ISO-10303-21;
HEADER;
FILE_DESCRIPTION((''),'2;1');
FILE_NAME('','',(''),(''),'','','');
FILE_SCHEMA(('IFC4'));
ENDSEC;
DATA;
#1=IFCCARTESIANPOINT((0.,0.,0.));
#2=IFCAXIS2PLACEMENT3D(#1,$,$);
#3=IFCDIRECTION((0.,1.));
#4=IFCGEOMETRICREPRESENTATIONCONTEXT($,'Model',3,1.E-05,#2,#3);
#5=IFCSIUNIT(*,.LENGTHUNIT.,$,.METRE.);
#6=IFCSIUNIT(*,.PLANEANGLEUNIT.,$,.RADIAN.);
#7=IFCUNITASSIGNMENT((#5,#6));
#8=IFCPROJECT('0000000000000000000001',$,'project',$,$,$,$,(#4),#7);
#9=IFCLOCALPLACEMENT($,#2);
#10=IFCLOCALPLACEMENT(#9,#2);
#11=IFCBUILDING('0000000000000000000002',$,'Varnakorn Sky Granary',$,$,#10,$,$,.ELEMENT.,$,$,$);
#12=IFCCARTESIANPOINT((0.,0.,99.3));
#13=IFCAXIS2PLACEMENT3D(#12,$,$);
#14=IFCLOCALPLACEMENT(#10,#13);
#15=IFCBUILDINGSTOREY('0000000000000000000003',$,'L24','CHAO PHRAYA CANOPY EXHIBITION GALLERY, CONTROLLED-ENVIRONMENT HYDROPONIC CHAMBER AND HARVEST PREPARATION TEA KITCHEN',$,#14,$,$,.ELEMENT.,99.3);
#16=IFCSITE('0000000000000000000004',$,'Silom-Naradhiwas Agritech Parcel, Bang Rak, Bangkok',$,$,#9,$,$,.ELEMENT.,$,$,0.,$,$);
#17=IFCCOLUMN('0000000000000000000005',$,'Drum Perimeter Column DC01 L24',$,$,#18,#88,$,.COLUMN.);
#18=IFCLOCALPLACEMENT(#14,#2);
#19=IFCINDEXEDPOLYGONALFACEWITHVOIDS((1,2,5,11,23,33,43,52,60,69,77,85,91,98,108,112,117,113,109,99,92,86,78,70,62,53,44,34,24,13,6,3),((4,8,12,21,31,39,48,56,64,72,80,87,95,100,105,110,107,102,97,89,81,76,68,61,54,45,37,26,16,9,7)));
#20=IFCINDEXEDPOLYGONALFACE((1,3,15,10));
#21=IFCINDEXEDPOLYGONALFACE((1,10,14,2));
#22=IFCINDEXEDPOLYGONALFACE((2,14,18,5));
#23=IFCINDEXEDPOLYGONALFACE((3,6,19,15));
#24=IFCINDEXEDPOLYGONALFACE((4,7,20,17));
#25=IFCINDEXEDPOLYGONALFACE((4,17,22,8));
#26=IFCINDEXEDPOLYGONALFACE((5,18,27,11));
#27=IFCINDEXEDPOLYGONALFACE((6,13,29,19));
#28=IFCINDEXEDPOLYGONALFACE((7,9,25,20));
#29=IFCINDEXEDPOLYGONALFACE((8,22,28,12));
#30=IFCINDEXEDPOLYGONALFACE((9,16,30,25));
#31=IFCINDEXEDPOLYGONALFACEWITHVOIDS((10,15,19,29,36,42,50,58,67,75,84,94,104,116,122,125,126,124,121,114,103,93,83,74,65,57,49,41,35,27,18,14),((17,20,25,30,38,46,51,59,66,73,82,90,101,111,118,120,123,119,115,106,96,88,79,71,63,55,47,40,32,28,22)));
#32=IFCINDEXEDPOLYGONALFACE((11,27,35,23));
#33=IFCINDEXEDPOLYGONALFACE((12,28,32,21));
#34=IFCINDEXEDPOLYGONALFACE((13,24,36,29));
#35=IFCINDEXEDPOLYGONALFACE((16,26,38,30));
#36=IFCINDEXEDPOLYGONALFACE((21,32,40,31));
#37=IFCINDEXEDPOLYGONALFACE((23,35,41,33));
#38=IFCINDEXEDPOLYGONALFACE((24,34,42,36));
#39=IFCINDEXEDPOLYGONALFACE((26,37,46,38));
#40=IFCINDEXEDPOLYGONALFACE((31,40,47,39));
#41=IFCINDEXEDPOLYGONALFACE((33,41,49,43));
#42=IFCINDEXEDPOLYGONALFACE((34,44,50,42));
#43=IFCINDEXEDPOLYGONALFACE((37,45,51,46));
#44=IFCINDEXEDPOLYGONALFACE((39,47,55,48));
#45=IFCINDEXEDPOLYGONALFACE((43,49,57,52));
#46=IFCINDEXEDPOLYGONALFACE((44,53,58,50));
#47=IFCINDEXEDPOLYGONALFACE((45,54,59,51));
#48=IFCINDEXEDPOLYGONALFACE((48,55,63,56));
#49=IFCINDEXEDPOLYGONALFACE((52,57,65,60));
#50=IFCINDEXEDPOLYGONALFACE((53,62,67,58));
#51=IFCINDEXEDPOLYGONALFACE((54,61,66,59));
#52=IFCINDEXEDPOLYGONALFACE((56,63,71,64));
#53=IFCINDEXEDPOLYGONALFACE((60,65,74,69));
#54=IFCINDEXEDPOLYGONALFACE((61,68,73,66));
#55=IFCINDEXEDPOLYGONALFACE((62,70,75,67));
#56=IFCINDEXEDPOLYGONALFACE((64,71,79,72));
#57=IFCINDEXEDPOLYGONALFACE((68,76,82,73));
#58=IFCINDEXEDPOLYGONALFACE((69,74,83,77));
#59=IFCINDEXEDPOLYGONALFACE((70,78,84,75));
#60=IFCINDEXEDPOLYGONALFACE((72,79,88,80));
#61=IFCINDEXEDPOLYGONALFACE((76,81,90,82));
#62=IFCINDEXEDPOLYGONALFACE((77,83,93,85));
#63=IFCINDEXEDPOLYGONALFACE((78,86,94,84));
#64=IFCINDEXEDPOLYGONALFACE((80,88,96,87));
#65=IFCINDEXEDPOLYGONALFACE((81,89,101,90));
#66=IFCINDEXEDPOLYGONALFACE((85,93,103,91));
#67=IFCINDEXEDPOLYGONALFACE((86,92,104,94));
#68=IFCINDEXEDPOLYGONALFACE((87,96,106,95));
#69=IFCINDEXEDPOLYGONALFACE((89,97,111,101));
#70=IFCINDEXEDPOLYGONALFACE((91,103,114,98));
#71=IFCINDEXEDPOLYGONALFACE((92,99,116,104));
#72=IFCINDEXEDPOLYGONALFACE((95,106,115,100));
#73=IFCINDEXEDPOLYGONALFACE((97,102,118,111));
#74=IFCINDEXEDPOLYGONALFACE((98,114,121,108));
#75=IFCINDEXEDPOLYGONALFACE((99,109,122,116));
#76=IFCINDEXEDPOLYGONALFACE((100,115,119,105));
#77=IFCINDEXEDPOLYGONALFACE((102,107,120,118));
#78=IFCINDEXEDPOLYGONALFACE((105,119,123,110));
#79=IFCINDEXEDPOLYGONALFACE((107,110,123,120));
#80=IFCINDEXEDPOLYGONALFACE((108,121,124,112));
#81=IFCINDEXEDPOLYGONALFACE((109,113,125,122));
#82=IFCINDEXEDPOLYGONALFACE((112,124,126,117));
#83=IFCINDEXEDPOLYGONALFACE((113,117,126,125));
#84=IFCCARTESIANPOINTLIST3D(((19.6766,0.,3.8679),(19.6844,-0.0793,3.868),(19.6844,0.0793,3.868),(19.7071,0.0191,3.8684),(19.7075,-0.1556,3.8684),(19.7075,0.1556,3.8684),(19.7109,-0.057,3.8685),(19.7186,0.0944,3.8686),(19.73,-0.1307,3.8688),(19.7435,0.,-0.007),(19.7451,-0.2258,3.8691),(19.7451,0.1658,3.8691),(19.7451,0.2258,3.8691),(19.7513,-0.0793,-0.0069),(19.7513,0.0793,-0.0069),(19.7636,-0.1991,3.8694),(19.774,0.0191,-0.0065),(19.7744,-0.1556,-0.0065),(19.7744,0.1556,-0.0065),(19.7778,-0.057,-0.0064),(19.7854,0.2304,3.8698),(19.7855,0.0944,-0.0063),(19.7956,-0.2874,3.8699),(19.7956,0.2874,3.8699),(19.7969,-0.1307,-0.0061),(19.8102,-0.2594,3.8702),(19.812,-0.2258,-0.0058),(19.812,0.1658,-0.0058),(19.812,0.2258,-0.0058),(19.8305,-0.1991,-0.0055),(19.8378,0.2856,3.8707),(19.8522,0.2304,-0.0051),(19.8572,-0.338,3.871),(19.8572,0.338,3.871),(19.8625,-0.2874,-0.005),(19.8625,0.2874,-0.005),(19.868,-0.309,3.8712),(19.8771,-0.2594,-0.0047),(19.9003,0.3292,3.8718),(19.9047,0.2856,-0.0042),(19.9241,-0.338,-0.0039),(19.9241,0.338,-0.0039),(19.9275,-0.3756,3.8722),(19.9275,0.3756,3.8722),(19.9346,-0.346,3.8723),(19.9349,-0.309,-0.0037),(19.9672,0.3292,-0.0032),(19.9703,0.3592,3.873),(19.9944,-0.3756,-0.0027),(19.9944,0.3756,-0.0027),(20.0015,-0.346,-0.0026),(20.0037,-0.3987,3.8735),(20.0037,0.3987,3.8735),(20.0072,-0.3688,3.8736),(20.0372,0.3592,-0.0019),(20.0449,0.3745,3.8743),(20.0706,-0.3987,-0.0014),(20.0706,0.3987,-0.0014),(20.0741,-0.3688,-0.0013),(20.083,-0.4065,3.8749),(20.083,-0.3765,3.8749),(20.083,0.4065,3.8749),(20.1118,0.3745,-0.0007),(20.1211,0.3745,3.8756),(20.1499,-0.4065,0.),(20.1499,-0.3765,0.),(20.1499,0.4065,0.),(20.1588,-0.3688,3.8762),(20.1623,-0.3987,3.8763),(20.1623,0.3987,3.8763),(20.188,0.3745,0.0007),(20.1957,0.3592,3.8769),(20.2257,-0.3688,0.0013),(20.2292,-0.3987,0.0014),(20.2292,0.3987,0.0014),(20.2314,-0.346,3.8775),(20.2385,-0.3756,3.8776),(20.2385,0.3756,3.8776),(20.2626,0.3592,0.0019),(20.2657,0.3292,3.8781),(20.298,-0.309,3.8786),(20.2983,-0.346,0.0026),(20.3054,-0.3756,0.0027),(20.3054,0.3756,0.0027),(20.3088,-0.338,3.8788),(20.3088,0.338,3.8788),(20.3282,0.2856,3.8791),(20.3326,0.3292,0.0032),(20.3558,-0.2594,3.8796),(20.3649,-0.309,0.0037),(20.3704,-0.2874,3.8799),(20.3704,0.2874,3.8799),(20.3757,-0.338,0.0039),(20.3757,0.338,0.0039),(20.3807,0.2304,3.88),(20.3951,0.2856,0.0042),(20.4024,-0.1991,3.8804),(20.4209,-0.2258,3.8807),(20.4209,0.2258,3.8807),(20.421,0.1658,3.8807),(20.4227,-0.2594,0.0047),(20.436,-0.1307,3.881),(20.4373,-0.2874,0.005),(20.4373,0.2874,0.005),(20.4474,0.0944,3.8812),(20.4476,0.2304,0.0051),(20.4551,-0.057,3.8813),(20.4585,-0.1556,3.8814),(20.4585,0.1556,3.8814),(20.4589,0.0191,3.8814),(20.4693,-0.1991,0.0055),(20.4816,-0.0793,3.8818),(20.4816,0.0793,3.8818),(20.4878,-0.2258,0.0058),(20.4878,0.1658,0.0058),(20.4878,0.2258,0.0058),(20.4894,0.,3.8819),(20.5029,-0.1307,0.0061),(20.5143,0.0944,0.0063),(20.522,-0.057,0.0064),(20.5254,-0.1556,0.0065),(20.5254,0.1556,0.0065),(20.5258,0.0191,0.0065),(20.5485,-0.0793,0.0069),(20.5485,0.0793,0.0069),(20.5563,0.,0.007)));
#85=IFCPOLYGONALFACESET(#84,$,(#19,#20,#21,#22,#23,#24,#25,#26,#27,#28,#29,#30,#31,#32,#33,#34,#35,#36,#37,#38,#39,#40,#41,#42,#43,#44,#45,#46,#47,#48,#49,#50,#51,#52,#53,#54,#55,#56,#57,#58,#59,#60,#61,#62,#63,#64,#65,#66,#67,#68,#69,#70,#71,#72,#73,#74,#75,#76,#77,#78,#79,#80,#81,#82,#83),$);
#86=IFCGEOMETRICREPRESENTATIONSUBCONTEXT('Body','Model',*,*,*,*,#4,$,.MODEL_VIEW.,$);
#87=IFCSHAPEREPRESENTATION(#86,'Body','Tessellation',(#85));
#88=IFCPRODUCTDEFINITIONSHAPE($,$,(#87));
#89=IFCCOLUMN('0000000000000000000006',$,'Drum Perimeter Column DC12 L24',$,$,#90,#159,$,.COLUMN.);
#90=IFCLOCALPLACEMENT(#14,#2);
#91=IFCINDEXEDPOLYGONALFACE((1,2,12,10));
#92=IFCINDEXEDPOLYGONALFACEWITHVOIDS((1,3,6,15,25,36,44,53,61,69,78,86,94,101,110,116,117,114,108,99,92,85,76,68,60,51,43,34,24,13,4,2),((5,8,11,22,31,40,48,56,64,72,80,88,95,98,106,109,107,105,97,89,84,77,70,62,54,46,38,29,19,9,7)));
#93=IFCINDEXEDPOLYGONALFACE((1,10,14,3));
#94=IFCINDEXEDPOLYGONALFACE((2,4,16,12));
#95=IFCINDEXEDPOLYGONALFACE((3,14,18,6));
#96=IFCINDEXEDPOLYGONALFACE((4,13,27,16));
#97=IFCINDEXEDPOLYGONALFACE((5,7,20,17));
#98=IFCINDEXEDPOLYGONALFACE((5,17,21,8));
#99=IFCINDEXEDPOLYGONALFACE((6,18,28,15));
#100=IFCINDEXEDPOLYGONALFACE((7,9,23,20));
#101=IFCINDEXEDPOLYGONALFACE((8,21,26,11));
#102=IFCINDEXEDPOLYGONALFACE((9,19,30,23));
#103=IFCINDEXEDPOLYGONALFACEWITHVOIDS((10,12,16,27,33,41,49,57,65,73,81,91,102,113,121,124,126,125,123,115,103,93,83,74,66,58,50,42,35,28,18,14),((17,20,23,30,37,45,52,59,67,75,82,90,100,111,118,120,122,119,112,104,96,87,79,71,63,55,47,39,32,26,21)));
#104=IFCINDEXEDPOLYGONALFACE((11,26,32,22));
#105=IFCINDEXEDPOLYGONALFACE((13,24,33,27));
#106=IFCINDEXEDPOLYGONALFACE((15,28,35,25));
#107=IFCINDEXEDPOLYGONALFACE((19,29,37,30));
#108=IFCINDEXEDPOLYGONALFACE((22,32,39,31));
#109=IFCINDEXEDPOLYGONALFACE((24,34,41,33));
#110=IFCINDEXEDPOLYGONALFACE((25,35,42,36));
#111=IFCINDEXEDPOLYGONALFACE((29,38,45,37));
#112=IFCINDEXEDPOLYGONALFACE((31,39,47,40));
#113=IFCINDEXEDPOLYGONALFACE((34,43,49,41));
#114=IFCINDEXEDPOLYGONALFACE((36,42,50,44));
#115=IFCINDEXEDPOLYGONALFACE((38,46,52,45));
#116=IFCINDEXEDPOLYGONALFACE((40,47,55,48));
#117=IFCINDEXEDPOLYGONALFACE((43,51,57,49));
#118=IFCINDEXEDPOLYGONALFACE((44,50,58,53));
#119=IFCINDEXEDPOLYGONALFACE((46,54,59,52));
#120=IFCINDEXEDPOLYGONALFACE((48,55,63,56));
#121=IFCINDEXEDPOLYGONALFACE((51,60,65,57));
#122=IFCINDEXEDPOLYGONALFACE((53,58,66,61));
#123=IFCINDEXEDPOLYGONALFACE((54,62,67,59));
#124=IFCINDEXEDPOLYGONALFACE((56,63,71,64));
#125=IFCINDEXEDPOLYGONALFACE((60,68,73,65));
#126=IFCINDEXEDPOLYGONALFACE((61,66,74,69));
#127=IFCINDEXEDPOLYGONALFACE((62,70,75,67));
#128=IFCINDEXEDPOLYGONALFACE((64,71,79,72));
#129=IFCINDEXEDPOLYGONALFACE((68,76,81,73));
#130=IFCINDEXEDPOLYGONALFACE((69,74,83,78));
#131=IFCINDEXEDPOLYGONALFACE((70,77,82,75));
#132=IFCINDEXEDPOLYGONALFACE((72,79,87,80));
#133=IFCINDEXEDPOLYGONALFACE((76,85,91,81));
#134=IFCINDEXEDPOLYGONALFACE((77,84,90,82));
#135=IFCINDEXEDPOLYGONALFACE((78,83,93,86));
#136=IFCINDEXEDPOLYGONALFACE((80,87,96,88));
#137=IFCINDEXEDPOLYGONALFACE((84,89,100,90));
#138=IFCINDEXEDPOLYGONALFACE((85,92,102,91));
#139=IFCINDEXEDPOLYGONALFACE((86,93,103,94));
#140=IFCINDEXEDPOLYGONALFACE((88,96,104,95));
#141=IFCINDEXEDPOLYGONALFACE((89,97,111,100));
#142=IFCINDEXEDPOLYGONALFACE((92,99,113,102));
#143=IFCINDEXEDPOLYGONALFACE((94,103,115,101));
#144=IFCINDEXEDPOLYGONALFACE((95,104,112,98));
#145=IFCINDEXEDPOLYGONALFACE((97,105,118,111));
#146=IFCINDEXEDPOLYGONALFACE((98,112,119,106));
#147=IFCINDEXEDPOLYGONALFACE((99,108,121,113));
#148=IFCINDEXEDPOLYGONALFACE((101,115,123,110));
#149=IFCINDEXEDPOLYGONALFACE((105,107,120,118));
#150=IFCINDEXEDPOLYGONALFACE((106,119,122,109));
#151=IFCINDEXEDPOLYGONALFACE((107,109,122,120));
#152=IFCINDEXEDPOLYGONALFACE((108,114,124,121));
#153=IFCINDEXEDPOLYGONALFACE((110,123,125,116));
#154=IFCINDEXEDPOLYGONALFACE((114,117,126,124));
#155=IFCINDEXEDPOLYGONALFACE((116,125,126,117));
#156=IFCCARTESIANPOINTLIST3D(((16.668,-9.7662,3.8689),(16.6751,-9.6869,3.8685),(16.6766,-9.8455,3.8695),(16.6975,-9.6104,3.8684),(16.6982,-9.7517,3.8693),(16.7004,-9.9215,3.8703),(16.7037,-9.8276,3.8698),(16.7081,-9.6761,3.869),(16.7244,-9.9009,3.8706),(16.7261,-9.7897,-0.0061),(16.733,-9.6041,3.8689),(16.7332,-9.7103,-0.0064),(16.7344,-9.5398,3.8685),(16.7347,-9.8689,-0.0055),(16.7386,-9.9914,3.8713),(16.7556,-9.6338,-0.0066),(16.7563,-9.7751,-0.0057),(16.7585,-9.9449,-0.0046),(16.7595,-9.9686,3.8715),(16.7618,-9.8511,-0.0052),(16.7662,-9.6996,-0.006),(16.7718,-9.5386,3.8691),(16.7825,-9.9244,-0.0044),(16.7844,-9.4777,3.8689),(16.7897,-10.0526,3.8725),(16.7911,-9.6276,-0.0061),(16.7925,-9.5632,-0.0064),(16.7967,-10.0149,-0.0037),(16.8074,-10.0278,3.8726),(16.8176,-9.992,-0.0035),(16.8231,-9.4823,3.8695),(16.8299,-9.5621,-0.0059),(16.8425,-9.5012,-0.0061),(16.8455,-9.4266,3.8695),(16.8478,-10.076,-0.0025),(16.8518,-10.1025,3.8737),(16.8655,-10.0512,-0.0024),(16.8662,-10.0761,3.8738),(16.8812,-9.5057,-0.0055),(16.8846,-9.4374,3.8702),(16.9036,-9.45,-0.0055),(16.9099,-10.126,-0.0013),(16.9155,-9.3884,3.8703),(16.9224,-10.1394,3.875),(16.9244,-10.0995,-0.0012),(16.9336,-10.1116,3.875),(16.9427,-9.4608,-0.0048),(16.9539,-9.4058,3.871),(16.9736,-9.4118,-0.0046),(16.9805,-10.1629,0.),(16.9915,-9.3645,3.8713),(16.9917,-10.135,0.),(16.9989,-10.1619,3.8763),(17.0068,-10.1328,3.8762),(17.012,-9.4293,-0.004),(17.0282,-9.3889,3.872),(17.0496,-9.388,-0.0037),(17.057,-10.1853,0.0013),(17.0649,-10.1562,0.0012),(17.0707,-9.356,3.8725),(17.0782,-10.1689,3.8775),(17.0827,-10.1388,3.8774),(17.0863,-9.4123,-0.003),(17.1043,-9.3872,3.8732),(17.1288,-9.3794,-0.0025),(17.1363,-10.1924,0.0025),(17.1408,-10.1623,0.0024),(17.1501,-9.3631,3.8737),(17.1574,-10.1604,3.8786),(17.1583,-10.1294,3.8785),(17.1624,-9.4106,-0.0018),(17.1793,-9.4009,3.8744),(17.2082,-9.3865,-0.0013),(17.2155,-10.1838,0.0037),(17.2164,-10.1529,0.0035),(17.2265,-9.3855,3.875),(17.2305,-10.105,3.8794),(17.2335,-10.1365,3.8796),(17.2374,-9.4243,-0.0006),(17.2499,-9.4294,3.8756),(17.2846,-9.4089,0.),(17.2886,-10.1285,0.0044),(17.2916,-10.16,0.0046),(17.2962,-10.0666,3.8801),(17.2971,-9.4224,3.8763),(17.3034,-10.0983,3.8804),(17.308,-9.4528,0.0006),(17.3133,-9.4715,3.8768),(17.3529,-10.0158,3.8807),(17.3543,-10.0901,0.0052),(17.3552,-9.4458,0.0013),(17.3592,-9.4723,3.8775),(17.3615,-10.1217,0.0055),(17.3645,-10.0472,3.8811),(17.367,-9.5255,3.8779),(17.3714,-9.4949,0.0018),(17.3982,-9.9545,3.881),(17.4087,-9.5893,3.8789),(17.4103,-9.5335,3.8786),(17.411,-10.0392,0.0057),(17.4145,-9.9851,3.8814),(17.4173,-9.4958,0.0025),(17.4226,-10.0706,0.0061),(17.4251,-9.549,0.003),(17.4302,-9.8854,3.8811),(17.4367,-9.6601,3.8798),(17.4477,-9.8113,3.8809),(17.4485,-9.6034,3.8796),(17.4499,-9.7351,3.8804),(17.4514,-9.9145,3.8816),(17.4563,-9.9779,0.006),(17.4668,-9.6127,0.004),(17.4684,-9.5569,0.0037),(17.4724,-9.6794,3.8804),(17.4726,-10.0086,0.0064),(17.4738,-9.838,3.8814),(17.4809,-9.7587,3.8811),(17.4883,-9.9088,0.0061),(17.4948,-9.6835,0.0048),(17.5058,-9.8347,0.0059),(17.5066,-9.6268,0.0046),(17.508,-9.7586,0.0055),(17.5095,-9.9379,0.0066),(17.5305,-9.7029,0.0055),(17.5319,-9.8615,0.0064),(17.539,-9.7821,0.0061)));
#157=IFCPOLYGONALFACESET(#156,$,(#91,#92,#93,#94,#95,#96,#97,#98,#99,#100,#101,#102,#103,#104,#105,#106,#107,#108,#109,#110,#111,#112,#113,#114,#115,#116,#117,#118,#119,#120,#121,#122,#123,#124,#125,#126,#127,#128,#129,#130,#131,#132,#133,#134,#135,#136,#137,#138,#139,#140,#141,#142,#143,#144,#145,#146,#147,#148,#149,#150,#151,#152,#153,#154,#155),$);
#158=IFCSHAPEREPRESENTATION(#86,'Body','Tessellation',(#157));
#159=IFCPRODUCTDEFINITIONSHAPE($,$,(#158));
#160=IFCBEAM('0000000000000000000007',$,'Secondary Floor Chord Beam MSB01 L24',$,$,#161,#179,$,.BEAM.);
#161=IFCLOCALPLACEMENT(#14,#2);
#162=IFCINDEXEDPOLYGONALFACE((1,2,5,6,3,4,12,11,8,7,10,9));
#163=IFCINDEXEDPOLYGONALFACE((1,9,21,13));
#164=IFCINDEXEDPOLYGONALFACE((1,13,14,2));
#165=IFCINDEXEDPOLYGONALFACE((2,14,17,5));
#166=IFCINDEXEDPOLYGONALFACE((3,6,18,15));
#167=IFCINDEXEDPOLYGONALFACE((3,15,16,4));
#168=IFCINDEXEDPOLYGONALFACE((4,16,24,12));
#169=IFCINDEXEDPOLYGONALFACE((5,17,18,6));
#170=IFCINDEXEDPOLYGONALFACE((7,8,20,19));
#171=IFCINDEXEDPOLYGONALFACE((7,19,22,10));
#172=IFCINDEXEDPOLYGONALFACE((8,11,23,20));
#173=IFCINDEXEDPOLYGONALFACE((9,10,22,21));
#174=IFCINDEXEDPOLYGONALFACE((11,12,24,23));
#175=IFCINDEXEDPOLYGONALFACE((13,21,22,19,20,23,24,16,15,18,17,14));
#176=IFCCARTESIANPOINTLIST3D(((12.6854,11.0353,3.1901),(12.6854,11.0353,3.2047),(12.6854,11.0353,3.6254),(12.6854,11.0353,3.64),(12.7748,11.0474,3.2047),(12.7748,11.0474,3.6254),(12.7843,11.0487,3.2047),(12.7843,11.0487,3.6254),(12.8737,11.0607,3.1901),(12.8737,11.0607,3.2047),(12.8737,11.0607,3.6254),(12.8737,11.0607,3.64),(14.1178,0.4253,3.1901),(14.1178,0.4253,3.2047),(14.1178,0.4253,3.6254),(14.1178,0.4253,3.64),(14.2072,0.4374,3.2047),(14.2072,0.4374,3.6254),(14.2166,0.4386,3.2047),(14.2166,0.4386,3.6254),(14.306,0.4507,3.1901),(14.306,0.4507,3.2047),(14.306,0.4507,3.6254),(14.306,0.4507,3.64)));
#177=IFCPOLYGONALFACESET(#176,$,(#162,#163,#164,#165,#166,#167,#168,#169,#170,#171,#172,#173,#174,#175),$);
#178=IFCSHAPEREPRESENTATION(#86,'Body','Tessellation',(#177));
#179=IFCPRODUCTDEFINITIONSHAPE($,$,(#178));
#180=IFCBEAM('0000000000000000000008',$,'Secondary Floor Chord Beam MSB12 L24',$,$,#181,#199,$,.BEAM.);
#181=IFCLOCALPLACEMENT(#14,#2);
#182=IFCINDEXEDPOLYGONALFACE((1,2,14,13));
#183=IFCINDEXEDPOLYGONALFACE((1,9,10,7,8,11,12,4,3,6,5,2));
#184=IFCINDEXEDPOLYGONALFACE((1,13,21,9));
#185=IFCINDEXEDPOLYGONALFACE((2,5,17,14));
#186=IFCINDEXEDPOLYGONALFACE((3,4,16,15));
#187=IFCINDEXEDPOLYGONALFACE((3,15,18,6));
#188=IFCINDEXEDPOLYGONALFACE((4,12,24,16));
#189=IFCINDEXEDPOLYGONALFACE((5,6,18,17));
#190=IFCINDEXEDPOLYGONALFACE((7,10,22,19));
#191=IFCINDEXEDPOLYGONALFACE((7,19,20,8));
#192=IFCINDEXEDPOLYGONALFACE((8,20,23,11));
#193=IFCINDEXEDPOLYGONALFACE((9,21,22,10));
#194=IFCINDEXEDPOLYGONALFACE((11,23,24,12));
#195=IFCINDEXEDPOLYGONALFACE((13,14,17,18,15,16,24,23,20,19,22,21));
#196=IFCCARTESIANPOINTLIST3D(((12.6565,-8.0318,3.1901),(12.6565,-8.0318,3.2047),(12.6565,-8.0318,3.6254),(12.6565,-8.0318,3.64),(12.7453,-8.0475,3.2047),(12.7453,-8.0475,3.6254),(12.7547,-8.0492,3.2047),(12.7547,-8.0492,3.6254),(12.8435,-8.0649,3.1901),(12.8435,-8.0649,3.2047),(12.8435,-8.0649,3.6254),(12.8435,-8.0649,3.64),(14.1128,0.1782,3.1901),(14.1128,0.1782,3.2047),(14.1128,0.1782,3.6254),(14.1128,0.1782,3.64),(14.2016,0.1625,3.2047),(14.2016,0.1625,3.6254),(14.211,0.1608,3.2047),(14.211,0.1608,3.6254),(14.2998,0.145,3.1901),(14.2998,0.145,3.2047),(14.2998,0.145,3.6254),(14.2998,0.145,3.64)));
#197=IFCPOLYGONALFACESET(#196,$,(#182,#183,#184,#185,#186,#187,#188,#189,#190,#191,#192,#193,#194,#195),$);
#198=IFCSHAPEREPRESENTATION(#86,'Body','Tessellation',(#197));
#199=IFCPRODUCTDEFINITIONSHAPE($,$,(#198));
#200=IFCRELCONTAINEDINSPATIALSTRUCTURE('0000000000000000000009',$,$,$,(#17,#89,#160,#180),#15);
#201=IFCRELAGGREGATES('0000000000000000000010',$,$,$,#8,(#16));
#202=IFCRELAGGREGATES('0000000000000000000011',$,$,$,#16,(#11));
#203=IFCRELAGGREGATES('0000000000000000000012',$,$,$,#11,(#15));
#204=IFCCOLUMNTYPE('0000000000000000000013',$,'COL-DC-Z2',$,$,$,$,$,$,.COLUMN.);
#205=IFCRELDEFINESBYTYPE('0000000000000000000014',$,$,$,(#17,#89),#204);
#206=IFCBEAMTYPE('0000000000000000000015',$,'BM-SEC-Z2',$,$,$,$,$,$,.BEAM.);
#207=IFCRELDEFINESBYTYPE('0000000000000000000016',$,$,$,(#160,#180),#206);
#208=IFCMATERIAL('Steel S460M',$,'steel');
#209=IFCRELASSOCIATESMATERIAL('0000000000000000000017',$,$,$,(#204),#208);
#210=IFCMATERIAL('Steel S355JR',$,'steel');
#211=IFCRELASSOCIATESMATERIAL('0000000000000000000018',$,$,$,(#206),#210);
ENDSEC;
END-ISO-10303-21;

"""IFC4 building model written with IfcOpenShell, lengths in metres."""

from ifc_helpers import new_model, si_unit, direction, frame, origin, origin_2d, place, context, subcontext, project, spatial, hollow_circle, i_section, extrude, material, material_profile, profile_set, type_object, element, save


model = new_model("IFC4")

# Units and contexts
model_context = context("Model", 3, precision=1e-05, world=origin(), true_north=direction((0.0, 1.0)))
body_context = subcontext(model_context, "Body", "Model", "MODEL_VIEW")
ifc_project = project(units=[si_unit("LENGTHUNIT", "METRE"), si_unit("PLANEANGLEUNIT", "RADIAN")], contexts=[model_context])

# Site, building, storey
site_placement = place(None, origin())
site = spatial("IfcSite", under=ifc_project, at=site_placement, Name="Silom-Naradhiwas Agritech Parcel, Bang Rak, Bangkok", CompositionType="ELEMENT", RefElevation=0.0)
building_placement = place(site_placement, origin())
building = spatial("IfcBuilding", under=site, at=building_placement, Name="Varnakorn Sky Granary", CompositionType="ELEMENT")
storey_placement = place(building_placement, frame((0.0, 0.0, 99.3)))
storey = spatial("IfcBuildingStorey", under=building, at=storey_placement, Name="L24", Description="CHAO PHRAYA CANOPY EXHIBITION GALLERY, CONTROLLED-ENVIRONMENT HYDROPONIC CHAMBER AND HARVEST PREPARATION TEA KITCHEN", CompositionType="ELEMENT", Elevation=99.3)

# Columns
ifc_material_1 = material(Name="Steel S460M", Category="steel")
ifc_material_profile_1 = material_profile(ifc_material_1, hollow_circle(Radius=0.4065, WallThickness=0.03, at=origin_2d()), Name="CHS 813x30")
ifc_profile_set_1 = profile_set([ifc_material_profile_1], Name="Steel S460M")
column_type = type_object("IfcColumnType", Name="COL-DC-Z2", PredefinedType="COLUMN", material=ifc_profile_set_1)
for number, where, z_axis, x_axis, name in (
    (1, (20.1499, 0.0, 0.0), (-0.017261, 0.0, 0.999851), (0.0, -1.0, 0.0), "Drum Perimeter Column DC01 L24"),
    (2, (17.1326, -9.7859, 0.0), (-0.014993, 0.006048, 0.999869), (-0.374076, -0.927398, 0.0), "Drum Perimeter Column DC12 L24"),
):
    element("IfcColumn", number, at=place(storey_placement, frame(where, z_axis=z_axis, x_axis=x_axis)), inside=storey, type_object=column_type, Name=name, PredefinedType="COLUMN", context=body_context, shape_type="SweptSolid", body=[
        extrude(hollow_circle(Radius=0.4065, WallThickness=0.03, at=origin_2d()), origin(), (0.0, 0.0, 1.0), 3.8755),
    ])

# Beams
ifc_material_2 = material(Name="Steel S355JR", Category="steel")
ifc_material_profile_2 = material_profile(ifc_material_2, i_section(OverallWidth=0.1899, OverallDepth=0.45, WebThickness=0.0095, FlangeThickness=0.0146, at=origin_2d()), Name="IPE 450")
ifc_profile_set_2 = profile_set([ifc_material_profile_2], Name="Steel S355JR")
beam_type_1 = type_object("IfcBeamType", Name="BM-SEC-Z2", PredefinedType="BEAM", material=ifc_profile_set_2)
beam_1_placement = place(storey_placement, frame((14.2119, 0.438, 3.415), z_axis=(-0.133787, 0.99101, 0.0), x_axis=(-0.99101, -0.133787, 0.0)))
element("IfcBeam", 3, at=beam_1_placement, inside=storey, type_object=beam_type_1, Name="Secondary Floor Chord Beam MSB01 L24", PredefinedType="BEAM", context=body_context, shape_type="SweptSolid", body=[
    extrude(i_section(OverallWidth=0.1899, OverallDepth=0.45, WebThickness=0.0095, FlangeThickness=0.0146, at=origin_2d()), origin(), (0.0, 0.0, 1.0), 10.7063),
])
beam_2_placement = place(storey_placement, frame((12.75, -8.0483, 3.415), z_axis=(0.174656, 0.98463, 0.0), x_axis=(-0.98463, 0.174656, 0.0)))
element("IfcBeam", 4, at=beam_2_placement, inside=storey, type_object=beam_type_1, Name="Secondary Floor Chord Beam MSB12 L24", PredefinedType="BEAM", context=body_context, shape_type="SweptSolid", body=[
    extrude(i_section(OverallWidth=0.1899, OverallDepth=0.45, WebThickness=0.0095, FlangeThickness=0.0146, at=origin_2d()), origin(), (0.0, 0.0, 1.0), 8.3381),
])

save(model, "model.ifc")
